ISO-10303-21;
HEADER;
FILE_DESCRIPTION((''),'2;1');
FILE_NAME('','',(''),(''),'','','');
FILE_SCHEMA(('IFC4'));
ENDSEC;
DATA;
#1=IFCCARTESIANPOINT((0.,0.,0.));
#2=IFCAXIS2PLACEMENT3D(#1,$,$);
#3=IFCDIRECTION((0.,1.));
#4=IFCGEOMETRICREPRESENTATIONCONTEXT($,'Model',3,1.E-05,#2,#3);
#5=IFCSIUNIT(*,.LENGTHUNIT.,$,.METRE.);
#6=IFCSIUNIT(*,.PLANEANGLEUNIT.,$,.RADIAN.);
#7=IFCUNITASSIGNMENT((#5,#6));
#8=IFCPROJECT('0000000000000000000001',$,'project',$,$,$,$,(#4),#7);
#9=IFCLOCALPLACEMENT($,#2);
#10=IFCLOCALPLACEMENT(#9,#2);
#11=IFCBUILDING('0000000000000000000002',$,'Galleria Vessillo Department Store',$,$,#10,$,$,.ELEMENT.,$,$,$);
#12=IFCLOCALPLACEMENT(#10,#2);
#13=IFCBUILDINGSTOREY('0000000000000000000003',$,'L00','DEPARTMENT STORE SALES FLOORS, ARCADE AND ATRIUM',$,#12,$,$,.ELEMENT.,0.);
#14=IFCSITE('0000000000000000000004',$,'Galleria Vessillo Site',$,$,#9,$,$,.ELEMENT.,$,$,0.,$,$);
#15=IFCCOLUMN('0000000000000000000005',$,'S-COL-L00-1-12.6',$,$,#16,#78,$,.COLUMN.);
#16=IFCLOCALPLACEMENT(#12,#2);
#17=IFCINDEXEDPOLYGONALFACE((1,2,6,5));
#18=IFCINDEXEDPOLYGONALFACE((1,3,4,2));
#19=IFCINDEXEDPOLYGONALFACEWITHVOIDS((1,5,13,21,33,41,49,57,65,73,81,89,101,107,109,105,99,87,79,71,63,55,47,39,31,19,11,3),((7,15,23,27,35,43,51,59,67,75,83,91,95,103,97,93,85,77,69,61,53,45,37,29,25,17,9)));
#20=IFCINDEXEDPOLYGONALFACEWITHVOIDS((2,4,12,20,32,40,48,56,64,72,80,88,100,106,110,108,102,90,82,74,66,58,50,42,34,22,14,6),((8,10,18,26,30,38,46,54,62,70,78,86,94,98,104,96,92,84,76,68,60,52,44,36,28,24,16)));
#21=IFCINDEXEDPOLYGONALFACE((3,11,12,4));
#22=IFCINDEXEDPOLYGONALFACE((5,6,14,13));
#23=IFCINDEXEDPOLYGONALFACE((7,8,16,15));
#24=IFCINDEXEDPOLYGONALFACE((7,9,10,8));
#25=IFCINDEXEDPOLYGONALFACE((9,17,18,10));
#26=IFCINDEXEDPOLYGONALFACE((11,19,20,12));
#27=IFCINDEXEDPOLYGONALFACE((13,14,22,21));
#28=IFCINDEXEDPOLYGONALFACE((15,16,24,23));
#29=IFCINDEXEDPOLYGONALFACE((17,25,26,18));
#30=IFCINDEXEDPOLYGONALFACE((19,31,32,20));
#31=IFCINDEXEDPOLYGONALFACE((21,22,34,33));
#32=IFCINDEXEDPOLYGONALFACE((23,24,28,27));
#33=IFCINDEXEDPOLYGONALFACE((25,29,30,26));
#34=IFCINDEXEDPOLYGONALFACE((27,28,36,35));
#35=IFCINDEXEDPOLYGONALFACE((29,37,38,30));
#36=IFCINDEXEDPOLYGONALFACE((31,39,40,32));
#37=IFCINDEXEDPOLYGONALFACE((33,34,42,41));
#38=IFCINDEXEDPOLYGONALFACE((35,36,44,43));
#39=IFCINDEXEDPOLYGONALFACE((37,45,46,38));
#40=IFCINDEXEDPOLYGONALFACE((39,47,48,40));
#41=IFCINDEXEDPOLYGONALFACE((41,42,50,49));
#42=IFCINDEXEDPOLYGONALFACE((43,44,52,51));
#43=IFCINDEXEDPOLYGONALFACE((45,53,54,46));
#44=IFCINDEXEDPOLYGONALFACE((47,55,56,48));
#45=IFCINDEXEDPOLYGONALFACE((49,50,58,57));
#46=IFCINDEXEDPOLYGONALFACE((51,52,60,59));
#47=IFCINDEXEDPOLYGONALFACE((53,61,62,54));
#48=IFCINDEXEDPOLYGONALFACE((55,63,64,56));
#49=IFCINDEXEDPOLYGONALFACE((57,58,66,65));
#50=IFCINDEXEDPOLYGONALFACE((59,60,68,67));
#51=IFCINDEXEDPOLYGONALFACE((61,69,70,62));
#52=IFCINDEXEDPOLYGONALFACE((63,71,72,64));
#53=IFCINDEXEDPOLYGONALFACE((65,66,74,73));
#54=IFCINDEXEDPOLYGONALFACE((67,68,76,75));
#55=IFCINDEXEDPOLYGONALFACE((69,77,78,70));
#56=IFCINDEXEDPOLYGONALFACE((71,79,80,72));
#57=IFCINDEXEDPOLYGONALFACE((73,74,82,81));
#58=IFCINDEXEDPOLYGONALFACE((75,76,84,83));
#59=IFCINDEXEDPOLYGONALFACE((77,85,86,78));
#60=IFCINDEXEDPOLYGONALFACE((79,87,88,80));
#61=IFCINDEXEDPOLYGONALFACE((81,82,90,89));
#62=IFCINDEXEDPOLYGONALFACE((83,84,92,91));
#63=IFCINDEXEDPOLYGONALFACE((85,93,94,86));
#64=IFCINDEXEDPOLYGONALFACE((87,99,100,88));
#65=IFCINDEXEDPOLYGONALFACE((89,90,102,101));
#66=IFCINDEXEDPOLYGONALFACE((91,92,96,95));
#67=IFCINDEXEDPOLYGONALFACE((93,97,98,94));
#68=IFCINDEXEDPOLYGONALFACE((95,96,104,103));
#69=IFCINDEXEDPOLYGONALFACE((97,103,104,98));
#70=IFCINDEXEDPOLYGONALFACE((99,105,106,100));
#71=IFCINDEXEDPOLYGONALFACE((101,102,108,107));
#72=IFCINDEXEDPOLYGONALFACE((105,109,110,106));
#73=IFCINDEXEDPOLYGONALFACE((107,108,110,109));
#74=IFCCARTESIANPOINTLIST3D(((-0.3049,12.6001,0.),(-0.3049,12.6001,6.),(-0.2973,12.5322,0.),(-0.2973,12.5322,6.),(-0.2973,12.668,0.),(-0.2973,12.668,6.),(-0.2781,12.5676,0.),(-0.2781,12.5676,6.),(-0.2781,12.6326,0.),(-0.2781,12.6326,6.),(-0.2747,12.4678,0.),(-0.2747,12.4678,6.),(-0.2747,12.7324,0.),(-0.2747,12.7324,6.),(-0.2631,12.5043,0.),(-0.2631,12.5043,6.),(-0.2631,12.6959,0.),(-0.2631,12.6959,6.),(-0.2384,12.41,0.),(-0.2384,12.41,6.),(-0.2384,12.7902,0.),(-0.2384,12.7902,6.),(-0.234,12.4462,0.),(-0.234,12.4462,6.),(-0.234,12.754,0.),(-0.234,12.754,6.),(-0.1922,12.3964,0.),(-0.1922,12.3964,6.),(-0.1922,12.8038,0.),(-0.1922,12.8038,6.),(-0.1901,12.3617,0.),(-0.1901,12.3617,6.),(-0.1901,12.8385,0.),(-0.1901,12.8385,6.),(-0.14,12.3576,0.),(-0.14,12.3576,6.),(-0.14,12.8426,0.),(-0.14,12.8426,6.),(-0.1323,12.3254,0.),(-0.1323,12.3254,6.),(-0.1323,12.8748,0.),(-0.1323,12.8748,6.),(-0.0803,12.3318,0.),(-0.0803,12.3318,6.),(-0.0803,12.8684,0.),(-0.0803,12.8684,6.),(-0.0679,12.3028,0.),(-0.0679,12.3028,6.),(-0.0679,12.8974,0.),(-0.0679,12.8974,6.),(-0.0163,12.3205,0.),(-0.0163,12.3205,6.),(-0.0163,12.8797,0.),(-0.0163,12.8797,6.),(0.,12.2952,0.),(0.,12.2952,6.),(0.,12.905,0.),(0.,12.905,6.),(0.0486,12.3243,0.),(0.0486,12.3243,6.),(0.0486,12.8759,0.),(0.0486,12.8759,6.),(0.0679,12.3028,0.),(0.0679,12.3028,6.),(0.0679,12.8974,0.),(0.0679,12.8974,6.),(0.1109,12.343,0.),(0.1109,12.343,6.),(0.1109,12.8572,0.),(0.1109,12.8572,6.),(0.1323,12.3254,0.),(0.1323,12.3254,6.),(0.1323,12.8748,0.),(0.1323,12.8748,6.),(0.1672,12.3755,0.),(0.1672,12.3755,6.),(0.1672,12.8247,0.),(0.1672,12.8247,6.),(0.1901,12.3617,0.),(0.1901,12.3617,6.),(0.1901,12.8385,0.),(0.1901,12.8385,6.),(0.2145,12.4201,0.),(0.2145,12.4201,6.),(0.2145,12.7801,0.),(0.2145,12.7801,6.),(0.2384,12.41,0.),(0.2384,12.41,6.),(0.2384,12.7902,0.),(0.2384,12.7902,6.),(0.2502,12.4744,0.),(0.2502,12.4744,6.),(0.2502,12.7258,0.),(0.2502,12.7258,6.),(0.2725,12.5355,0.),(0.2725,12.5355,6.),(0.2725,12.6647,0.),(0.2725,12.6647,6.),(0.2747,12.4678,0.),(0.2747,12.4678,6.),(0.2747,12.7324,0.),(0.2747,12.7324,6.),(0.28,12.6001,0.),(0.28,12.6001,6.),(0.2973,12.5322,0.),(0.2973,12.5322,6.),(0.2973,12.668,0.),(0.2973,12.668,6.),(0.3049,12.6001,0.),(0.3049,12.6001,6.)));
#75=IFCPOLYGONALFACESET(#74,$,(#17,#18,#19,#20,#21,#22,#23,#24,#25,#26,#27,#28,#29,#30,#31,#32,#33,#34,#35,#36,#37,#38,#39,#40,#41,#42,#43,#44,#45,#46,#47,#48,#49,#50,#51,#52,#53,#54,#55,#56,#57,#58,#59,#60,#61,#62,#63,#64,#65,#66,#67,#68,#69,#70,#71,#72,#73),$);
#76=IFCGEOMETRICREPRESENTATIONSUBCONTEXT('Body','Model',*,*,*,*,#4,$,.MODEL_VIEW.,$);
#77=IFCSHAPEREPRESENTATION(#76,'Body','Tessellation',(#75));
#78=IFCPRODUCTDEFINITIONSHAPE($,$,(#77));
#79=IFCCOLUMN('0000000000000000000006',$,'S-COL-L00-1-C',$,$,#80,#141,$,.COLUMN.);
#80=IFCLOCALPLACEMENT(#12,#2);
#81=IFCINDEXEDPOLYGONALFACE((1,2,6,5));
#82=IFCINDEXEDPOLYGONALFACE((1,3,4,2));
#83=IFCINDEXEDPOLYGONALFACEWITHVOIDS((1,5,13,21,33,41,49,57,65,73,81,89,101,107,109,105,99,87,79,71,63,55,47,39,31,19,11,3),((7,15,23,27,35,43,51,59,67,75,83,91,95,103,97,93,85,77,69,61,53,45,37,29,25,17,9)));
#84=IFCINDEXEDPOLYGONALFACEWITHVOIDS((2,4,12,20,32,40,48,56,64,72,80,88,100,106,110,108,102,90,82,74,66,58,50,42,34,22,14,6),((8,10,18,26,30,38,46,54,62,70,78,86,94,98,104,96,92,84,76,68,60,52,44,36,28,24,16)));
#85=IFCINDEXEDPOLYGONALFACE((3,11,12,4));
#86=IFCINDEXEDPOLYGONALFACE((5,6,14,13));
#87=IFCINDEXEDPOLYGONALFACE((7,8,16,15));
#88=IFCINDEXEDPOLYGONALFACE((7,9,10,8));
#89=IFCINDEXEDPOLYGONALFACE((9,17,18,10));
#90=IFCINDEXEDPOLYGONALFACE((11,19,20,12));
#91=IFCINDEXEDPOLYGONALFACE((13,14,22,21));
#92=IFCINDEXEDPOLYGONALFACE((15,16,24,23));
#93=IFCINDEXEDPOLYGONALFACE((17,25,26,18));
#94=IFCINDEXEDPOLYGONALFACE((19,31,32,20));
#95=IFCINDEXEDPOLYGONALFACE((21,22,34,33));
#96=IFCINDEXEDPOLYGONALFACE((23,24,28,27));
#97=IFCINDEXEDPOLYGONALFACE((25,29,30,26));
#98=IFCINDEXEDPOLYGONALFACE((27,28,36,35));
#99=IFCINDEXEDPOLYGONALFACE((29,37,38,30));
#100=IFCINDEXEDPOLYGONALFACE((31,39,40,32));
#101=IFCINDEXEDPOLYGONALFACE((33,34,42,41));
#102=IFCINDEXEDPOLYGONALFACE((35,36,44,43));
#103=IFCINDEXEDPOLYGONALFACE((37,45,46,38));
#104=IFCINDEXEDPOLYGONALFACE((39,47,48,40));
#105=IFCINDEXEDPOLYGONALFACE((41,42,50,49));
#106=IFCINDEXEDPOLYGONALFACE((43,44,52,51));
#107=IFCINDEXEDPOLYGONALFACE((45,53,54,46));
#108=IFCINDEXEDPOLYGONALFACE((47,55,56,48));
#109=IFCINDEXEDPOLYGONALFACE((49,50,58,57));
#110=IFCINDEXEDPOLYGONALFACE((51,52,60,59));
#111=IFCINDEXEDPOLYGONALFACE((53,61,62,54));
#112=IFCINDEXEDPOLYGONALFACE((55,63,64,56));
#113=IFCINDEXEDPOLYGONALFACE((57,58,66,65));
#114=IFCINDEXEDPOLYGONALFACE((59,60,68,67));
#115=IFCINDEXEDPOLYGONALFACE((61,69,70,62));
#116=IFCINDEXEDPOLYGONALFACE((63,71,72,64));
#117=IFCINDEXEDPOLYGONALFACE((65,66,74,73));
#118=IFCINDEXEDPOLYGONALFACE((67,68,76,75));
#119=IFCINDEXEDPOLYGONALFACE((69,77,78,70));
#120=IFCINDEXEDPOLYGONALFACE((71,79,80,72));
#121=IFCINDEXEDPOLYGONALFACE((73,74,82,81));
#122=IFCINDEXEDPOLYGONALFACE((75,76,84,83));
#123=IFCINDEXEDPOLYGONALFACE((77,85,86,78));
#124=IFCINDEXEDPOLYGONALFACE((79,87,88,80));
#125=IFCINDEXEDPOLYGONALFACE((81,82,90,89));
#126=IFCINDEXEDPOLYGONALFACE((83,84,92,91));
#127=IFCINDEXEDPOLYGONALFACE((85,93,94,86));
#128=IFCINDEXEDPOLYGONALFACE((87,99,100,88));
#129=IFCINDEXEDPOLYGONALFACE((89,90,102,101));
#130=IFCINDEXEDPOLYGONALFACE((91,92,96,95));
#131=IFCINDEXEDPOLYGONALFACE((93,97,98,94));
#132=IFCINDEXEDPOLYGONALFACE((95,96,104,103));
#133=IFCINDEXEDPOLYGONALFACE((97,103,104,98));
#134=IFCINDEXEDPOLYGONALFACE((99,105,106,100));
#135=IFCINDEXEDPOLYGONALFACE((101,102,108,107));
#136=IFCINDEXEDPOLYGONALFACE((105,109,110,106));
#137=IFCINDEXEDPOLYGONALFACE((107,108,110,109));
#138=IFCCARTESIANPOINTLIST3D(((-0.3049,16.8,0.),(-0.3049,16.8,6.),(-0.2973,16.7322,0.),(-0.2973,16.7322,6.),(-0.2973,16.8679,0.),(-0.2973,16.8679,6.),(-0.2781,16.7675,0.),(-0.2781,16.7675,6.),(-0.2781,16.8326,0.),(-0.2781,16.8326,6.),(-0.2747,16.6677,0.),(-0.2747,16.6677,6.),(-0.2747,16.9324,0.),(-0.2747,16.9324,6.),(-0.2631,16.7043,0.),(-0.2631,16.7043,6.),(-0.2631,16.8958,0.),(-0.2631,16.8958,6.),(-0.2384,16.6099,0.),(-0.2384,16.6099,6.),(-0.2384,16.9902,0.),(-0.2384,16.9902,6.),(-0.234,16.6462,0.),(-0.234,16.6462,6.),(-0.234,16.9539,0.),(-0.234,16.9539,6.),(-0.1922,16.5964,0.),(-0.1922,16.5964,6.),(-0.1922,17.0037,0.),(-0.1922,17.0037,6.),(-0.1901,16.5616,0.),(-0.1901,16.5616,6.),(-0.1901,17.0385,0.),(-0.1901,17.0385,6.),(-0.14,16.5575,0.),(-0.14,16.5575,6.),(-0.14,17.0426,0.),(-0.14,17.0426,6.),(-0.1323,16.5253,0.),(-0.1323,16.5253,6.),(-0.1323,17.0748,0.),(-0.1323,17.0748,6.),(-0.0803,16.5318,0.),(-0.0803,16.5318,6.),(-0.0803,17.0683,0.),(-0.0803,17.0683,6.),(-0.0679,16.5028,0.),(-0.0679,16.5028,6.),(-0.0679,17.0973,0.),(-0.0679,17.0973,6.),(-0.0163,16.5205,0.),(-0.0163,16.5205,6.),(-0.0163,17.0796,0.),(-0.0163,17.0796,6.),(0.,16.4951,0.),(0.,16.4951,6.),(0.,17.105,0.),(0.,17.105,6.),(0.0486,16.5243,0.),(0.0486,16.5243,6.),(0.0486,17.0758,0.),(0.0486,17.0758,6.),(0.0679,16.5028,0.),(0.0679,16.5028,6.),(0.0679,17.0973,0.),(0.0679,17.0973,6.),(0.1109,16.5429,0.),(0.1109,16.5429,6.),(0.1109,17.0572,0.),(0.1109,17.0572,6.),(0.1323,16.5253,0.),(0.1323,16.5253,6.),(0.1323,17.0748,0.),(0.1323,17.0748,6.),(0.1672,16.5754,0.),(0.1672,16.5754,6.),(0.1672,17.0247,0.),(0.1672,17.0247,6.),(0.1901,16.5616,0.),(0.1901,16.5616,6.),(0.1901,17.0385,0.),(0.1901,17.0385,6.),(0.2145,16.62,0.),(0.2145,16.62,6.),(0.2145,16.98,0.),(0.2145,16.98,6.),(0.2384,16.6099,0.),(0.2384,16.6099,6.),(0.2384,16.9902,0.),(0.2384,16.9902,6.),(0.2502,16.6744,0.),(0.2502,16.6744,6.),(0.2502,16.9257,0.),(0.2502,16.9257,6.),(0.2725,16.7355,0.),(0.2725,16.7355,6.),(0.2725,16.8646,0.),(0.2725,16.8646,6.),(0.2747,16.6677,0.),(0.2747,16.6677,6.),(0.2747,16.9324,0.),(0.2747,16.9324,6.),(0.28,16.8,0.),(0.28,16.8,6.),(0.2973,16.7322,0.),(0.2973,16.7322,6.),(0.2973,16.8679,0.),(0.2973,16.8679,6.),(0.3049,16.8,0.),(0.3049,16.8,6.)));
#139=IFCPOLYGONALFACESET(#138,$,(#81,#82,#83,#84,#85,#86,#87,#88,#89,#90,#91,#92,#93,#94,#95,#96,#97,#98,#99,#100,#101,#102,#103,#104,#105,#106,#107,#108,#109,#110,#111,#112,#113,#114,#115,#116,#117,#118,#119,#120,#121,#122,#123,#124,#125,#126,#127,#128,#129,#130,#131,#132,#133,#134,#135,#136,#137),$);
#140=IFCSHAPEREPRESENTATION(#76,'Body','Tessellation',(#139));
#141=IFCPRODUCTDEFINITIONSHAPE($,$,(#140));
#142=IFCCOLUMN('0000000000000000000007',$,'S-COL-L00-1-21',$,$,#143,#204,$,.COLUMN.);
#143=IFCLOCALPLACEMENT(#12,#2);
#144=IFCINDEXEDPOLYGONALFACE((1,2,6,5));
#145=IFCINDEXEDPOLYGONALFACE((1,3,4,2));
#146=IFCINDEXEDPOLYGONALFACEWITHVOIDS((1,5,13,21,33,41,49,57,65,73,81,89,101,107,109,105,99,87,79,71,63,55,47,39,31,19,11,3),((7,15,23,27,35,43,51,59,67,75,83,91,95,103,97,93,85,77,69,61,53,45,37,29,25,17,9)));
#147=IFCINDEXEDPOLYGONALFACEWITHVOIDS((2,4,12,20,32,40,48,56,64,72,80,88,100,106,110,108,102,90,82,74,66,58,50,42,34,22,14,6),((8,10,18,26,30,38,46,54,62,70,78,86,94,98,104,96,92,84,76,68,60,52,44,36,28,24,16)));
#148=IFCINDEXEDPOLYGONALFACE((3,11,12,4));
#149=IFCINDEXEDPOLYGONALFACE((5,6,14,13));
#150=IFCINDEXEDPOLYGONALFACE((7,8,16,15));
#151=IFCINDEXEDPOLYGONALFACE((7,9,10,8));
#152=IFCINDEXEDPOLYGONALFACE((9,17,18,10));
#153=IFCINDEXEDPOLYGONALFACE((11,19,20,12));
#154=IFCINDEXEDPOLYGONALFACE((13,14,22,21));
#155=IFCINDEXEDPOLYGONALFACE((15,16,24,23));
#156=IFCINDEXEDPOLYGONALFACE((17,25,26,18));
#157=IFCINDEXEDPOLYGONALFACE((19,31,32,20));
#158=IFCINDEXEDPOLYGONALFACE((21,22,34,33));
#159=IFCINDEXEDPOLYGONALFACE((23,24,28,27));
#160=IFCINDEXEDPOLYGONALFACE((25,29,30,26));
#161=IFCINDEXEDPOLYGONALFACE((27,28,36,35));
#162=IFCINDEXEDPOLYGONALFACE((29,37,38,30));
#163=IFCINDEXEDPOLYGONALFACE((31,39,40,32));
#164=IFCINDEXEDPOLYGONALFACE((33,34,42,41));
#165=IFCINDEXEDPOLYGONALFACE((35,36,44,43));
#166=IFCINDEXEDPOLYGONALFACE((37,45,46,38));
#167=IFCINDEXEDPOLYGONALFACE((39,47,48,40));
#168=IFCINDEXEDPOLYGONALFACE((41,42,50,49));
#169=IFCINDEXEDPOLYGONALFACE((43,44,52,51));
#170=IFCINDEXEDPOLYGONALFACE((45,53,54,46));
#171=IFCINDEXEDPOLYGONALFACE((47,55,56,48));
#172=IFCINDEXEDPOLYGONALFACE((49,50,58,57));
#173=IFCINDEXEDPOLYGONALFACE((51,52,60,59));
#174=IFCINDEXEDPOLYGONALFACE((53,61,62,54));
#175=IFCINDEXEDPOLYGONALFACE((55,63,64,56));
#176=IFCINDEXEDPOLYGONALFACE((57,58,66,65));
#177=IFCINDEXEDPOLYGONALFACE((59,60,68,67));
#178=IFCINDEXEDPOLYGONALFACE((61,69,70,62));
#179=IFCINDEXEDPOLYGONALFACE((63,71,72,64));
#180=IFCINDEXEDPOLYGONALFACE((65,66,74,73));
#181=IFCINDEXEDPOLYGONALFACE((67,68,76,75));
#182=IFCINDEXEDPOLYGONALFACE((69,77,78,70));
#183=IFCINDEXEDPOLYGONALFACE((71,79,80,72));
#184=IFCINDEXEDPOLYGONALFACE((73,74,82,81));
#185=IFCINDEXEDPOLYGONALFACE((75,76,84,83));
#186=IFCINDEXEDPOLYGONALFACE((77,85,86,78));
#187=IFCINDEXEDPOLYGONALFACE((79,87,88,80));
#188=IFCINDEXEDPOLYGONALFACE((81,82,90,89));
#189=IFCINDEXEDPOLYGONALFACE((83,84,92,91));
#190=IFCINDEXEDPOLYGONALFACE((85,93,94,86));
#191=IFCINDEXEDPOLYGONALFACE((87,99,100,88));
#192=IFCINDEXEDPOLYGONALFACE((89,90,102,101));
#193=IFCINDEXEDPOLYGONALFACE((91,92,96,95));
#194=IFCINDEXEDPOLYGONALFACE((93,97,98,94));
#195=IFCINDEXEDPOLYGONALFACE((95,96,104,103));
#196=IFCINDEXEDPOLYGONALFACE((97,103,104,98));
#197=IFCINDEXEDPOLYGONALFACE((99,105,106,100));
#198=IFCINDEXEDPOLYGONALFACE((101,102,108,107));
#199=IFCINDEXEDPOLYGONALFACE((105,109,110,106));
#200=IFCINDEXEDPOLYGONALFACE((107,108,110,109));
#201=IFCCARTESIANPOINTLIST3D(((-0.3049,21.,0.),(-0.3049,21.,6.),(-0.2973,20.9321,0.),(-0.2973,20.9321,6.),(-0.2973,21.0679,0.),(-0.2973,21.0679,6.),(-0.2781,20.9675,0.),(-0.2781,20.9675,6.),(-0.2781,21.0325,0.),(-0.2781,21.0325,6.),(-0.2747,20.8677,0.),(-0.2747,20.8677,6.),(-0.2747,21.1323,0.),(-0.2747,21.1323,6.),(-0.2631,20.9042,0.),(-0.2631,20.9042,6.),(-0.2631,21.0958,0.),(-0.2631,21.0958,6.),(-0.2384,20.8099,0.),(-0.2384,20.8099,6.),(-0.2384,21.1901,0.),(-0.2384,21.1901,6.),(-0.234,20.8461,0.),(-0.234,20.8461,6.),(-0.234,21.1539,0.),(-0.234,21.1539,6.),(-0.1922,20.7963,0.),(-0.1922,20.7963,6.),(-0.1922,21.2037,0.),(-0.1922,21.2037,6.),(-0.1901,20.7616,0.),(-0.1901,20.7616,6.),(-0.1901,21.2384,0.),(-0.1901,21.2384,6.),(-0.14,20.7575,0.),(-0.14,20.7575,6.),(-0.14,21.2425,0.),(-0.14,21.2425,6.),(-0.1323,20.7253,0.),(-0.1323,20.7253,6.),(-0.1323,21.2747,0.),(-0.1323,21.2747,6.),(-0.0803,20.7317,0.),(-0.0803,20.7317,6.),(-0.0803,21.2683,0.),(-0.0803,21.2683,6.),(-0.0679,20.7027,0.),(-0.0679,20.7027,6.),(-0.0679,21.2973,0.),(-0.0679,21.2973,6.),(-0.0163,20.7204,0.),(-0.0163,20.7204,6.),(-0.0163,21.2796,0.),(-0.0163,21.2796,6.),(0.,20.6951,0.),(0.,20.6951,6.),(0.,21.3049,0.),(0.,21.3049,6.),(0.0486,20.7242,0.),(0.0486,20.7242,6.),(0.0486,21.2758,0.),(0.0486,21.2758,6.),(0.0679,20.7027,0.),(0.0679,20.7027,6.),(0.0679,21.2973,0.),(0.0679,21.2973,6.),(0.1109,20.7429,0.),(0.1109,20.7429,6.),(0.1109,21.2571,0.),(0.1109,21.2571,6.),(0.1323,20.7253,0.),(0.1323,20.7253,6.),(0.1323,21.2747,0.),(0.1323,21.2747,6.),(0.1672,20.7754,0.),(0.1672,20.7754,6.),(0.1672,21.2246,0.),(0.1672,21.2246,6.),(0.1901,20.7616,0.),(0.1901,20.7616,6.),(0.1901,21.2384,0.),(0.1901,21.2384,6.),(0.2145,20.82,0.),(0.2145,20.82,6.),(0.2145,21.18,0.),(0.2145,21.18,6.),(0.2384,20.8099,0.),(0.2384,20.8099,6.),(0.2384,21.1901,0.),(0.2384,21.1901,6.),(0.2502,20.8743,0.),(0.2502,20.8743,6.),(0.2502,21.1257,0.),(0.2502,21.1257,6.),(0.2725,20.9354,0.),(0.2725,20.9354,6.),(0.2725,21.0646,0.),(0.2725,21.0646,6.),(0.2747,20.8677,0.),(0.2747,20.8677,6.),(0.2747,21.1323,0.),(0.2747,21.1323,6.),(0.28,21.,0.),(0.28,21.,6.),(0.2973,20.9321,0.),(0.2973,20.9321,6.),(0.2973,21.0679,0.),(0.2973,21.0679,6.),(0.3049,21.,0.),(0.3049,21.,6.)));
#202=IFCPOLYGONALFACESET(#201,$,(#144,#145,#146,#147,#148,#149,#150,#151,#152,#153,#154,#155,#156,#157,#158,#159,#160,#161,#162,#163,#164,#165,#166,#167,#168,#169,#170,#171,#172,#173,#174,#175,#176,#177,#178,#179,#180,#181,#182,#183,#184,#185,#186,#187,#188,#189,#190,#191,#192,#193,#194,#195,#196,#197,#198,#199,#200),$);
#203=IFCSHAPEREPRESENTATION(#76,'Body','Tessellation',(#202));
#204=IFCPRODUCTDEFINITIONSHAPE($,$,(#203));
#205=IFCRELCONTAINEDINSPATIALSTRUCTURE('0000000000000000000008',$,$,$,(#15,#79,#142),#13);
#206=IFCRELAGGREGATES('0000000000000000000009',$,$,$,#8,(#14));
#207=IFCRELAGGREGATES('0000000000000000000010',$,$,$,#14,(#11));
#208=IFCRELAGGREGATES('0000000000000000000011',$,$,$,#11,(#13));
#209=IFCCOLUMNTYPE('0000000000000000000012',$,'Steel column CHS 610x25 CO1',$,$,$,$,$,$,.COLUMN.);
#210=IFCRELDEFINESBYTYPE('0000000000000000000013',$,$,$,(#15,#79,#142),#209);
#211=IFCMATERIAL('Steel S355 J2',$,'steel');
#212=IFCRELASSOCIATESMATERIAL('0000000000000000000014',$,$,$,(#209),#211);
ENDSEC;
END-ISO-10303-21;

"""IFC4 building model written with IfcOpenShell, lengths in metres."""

from ifc_helpers import new_model, si_unit, direction, frame, origin, origin_2d, place, context, subcontext, project, spatial, hollow_circle, extrude, material, material_profile, profile_set, type_object, element, save


model = new_model("IFC4")

# Units and contexts
model_context = context("Model", 3, precision=1e-05, world=origin(), true_north=direction((0.0, 1.0)))
body_context = subcontext(model_context, "Body", "Model", "MODEL_VIEW")
ifc_project = project(units=[si_unit("LENGTHUNIT", "METRE"), si_unit("PLANEANGLEUNIT", "RADIAN")], contexts=[model_context])

# Site, building, storey
site_placement = place(None, origin())
site = spatial("IfcSite", under=ifc_project, at=site_placement, Name="Galleria Vessillo Site", CompositionType="ELEMENT", RefElevation=0.0)
building_placement = place(site_placement, origin())
building = spatial("IfcBuilding", under=site, at=building_placement, Name="Galleria Vessillo Department Store", CompositionType="ELEMENT")
storey_placement = place(building_placement, origin())
storey = spatial("IfcBuildingStorey", under=building, at=storey_placement, Name="L00", Description="DEPARTMENT STORE SALES FLOORS, ARCADE AND ATRIUM", CompositionType="ELEMENT", Elevation=0.0)

# Columns
ifc_material_1 = material(Name="Steel S355 J2", Category="steel")
ifc_material_profile_1 = material_profile(ifc_material_1, hollow_circle(Radius=0.3049, WallThickness=0.0249, at=origin_2d()), Name="CHS 610x25")
ifc_profile_set_1 = profile_set([ifc_material_profile_1], Name="Steel S355 J2")
column_type_1 = type_object("IfcColumnType", Name="Steel column CHS 610x25 CO1", PredefinedType="COLUMN", material=ifc_profile_set_1)
for number, where, z_axis, x_axis, name in (
    (1, (0.0, 12.6001, 0.0), (0.0, 0.0, 1.0), (1.0, 0.0, 0.0), "S-COL-L00-1-12.6"),
    (2, (0.0, 16.8, 0.0), (0.0, 0.0, 1.0), (1.0, 0.0, 0.0), "S-COL-L00-1-C"),
    (3, (0.0, 21.0, 0.0), (0.0, 0.0, 1.0), (1.0, 0.0, 0.0), "S-COL-L00-1-21"),
):
    element("IfcColumn", number, at=place(storey_placement, frame(where, z_axis=z_axis, x_axis=x_axis)), inside=storey, type_object=column_type_1, Name=name, PredefinedType="COLUMN", context=body_context, shape_type="SweptSolid", body=[
        extrude(hollow_circle(Radius=0.3049, WallThickness=0.0249, at=origin_2d()), origin(), (0.0, 0.0, 1.0), 6.0),
    ])

save(model, "model.ifc")
